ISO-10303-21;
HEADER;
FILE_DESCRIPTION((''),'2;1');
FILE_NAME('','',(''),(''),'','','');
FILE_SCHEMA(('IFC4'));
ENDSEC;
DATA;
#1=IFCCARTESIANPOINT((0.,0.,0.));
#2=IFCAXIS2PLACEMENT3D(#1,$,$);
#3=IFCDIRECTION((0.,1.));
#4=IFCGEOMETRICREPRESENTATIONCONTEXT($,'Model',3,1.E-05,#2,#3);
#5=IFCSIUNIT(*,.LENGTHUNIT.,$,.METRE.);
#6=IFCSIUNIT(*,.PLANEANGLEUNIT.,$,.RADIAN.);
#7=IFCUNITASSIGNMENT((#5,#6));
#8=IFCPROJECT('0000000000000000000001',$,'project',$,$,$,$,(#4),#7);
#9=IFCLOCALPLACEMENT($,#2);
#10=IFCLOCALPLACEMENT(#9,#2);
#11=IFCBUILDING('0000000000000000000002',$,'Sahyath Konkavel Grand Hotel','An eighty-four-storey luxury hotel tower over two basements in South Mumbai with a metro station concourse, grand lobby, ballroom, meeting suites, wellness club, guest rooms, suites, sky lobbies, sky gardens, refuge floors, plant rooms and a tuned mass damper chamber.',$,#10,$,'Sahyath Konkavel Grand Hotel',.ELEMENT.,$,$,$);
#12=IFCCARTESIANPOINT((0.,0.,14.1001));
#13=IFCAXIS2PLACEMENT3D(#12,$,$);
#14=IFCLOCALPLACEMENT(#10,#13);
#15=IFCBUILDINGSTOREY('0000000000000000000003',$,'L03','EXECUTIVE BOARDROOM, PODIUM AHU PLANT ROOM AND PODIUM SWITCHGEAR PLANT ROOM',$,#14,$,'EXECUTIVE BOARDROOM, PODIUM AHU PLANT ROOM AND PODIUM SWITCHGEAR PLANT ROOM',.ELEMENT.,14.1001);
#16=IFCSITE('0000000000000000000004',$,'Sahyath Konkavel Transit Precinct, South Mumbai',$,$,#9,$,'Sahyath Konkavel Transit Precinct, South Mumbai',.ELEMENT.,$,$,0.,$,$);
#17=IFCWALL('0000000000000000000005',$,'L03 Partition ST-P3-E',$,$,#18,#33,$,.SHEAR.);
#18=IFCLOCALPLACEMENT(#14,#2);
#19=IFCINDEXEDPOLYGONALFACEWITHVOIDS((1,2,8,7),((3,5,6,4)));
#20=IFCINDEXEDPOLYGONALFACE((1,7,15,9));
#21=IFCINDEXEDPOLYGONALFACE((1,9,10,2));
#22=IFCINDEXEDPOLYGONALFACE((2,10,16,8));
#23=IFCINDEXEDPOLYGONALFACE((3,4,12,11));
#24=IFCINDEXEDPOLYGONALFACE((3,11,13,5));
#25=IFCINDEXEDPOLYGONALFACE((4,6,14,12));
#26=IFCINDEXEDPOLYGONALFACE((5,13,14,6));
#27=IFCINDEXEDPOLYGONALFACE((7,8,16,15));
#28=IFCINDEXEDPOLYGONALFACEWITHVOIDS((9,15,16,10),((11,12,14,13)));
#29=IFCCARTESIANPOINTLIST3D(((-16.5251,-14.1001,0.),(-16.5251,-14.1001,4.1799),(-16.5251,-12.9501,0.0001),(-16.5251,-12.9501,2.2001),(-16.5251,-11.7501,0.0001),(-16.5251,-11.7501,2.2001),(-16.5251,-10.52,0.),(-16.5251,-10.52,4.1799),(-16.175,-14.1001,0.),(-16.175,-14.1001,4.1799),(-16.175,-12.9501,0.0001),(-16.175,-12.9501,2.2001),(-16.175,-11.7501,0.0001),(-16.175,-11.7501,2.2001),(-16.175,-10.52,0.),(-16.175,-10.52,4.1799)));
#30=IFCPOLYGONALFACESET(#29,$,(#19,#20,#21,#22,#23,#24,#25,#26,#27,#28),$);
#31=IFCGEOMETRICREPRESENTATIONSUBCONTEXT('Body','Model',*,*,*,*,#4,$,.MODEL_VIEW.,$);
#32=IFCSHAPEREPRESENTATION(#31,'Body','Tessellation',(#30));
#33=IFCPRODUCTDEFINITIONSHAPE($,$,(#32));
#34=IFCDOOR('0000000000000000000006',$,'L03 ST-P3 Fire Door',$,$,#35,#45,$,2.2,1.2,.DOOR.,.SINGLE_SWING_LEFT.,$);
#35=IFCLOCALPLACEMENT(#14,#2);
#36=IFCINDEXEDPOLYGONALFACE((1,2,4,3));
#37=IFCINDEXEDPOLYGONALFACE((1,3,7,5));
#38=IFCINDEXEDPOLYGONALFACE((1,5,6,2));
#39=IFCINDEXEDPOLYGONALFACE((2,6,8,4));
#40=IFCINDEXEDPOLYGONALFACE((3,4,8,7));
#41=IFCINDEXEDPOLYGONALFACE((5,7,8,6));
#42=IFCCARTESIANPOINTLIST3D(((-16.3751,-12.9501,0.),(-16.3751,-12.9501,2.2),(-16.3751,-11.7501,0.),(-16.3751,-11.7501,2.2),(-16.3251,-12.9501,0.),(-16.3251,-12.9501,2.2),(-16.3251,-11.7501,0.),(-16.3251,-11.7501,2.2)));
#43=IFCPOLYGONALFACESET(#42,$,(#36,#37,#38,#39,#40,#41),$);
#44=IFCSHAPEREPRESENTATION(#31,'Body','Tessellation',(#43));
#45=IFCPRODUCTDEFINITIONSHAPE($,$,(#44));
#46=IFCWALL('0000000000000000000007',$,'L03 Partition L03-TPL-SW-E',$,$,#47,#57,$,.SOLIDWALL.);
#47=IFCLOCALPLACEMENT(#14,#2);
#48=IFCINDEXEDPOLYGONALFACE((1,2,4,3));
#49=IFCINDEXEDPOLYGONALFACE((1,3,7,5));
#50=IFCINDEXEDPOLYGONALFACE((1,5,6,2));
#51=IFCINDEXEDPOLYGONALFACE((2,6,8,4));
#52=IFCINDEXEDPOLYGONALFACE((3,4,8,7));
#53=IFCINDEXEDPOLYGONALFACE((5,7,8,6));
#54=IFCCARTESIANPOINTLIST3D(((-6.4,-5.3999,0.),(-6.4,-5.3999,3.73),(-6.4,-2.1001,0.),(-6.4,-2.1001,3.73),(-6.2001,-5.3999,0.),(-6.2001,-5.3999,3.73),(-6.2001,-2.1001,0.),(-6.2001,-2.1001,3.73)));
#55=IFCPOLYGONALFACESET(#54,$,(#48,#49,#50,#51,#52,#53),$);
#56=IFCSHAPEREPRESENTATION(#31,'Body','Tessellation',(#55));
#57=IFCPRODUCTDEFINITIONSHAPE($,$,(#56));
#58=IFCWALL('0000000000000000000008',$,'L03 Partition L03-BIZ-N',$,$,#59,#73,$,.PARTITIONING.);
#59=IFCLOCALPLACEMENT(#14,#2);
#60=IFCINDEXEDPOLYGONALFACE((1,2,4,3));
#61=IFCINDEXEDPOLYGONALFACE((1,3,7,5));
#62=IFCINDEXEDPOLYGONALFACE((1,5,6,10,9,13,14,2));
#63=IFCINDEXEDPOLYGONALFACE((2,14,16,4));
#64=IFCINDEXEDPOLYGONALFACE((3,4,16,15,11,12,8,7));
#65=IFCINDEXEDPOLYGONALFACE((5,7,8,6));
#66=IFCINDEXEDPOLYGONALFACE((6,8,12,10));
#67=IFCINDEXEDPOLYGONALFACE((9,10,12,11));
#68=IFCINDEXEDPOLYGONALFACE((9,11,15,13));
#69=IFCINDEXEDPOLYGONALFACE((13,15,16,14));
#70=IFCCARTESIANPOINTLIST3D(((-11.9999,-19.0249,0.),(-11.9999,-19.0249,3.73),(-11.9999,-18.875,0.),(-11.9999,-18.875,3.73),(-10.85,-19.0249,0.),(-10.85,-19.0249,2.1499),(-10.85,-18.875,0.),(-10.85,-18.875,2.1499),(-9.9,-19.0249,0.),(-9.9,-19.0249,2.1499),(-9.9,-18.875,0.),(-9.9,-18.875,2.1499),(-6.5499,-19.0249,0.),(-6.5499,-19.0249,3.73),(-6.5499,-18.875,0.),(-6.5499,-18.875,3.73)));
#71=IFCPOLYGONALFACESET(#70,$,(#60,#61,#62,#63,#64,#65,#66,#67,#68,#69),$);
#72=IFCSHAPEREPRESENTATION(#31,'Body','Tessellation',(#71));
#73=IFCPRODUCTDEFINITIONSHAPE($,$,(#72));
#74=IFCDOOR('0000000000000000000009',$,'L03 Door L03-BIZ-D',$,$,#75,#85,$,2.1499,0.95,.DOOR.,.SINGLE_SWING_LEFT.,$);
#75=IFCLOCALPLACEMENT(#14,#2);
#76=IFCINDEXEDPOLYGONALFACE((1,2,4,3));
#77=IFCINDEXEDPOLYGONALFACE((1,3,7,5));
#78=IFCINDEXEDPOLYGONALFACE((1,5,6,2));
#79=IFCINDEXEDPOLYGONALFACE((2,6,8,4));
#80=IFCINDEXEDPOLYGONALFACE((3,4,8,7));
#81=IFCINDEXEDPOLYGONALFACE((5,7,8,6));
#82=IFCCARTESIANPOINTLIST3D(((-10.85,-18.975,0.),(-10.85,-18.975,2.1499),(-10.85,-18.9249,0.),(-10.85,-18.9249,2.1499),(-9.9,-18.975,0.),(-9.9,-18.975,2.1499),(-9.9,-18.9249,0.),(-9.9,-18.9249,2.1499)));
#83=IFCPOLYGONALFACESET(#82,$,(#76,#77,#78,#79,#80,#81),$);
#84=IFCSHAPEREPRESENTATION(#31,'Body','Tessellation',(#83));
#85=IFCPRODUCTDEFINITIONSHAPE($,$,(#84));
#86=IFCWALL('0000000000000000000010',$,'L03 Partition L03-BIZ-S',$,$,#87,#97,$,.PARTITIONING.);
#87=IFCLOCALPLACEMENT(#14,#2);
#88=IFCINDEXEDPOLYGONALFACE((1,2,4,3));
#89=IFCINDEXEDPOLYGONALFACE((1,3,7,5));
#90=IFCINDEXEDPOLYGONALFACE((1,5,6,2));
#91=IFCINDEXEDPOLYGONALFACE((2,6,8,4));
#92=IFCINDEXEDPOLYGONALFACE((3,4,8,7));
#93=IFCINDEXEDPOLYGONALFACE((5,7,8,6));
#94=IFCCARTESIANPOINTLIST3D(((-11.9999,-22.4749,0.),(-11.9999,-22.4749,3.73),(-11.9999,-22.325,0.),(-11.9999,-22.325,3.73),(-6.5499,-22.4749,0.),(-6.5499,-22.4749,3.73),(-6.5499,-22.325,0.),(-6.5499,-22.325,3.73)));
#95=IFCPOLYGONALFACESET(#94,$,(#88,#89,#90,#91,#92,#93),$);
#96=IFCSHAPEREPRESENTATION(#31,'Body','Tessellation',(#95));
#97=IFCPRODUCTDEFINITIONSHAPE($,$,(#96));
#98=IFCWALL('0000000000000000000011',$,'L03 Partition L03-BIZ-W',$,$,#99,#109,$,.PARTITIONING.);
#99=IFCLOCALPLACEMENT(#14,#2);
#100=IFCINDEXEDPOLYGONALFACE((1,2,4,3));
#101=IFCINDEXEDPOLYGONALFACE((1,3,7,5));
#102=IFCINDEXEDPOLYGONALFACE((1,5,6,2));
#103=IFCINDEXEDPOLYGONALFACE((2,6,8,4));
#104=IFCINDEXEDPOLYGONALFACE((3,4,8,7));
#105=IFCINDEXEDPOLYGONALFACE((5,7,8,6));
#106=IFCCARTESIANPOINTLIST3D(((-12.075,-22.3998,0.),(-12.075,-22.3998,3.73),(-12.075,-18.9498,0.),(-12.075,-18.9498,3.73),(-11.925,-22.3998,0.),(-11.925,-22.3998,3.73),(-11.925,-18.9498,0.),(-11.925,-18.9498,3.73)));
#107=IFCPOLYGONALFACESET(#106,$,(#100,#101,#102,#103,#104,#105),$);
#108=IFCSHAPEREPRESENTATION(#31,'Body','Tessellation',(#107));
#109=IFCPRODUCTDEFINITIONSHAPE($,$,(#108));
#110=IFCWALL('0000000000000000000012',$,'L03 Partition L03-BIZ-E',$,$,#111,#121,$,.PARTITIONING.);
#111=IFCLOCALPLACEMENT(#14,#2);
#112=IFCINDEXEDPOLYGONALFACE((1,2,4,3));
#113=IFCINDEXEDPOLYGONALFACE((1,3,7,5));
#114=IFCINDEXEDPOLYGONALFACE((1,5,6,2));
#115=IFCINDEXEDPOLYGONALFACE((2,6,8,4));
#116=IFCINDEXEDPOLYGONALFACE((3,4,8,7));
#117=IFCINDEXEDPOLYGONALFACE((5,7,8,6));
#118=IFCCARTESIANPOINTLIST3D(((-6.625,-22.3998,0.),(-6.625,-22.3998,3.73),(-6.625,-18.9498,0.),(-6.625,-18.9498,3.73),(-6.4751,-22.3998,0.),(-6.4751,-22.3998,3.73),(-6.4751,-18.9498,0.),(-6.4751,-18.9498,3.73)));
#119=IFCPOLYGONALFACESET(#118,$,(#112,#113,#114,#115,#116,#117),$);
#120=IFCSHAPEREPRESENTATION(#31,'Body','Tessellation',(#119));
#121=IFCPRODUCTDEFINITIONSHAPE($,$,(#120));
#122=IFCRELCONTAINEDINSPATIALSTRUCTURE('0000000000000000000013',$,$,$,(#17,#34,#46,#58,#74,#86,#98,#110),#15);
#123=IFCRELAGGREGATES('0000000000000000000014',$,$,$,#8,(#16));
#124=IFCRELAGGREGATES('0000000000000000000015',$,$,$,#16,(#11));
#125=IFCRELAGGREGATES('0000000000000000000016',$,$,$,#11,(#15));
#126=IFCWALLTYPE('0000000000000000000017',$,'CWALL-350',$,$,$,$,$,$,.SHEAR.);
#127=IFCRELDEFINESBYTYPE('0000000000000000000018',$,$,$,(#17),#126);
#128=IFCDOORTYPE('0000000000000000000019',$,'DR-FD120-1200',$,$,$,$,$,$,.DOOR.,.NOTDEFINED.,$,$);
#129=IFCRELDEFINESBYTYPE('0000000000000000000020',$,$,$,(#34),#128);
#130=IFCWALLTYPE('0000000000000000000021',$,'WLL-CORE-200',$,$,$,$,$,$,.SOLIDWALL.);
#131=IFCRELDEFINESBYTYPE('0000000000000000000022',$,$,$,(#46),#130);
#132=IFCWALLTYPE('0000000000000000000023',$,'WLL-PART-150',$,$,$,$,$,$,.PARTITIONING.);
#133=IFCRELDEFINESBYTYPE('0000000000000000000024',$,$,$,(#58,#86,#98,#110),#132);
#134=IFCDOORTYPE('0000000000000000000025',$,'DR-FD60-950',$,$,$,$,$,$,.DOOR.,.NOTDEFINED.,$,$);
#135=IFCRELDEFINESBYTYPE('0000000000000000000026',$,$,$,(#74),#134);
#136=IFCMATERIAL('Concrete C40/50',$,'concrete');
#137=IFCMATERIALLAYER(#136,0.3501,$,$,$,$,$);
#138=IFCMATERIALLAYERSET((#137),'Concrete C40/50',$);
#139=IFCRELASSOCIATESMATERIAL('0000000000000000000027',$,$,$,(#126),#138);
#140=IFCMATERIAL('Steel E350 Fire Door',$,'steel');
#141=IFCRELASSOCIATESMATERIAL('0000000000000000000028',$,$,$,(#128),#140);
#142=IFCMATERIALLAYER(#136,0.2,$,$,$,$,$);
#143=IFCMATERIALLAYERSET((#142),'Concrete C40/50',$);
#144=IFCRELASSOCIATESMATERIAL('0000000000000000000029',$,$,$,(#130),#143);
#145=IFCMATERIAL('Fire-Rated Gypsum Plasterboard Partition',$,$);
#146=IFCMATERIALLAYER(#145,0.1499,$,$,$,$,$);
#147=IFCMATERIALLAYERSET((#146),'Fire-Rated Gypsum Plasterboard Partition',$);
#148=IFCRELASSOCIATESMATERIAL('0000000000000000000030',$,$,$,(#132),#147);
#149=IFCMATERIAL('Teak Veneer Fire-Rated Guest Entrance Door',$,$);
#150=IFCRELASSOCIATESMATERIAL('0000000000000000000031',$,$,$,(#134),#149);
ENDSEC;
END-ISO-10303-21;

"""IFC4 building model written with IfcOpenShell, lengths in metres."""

from ifc_helpers import new_model, si_unit, direction, frame, frame_2d, origin, origin_2d, place, context, subcontext, project, spatial, rectangle, extrude, source, transform, mapped, material, layer, layer_set, type_object, element, fill, save


model = new_model("IFC4")

# Units and contexts
model_context = context("Model", 3, precision=1e-05, world=origin(), true_north=direction((0.0, 1.0)))
body_context = subcontext(model_context, "Body", "Model", "MODEL_VIEW")
ifc_project = project(units=[si_unit("LENGTHUNIT", "METRE"), si_unit("PLANEANGLEUNIT", "RADIAN")], contexts=[model_context])

# Site, building, storey
site_placement = place(None, origin())
site = spatial("IfcSite", under=ifc_project, at=site_placement, Name="Sahyath Konkavel Transit Precinct, South Mumbai", LongName="Sahyath Konkavel Transit Precinct, South Mumbai", CompositionType="ELEMENT", RefElevation=0.0)
building_placement = place(site_placement, origin())
building = spatial("IfcBuilding", under=site, at=building_placement, Name="Sahyath Konkavel Grand Hotel", Description="An eighty-four-storey luxury hotel tower over two basements in South Mumbai with a metro station concourse, grand lobby, ballroom, meeting suites, wellness club, guest rooms, suites, sky lobbies, sky gardens, refuge floors, plant rooms and a tuned mass damper chamber.", LongName="Sahyath Konkavel Grand Hotel", CompositionType="ELEMENT")
storey_placement = place(building_placement, frame((0.0, 0.0, 14.1001)))
storey = spatial("IfcBuildingStorey", under=building, at=storey_placement, Name="L03", Description="EXECUTIVE BOARDROOM, PODIUM AHU PLANT ROOM AND PODIUM SWITCHGEAR PLANT ROOM", LongName="EXECUTIVE BOARDROOM, PODIUM AHU PLANT ROOM AND PODIUM SWITCHGEAR PLANT ROOM", CompositionType="ELEMENT", Elevation=14.1001)

# Wall, opening, door
ifc_material_1 = material(Name="Concrete C40/50", Category="concrete")
ifc_layer_1 = layer(ifc_material_1, 0.3501)
ifc_layer_set_1 = layer_set([ifc_layer_1], Name="Concrete C40/50")
wall_type_1 = type_object("IfcWallType", Name="CWALL-350", PredefinedType="SHEAR", material=ifc_layer_set_1)
wall_1_placement = place(storey_placement, frame((-16.3501, -14.1001, 0.0), z_axis=(0.0, 0.0, 1.0), x_axis=(0.0, 1.0, 0.0)))
wall_1 = element("IfcWall", 1, at=wall_1_placement, inside=storey, type_object=wall_type_1, Name="L03 Partition ST-P3-E", PredefinedType="SHEAR", context=body_context, shape_type="SweptSolid", body=[
    extrude(rectangle(XDim=3.5801, YDim=0.3501, at=frame_2d((1.79, 0.0))), origin(), (0.0, 0.0, 1.0), 4.1799),
])
opening_1_placement = place(wall_1_placement, frame((1.1499, 0.0, 0.0)))
opening_1 = element("IfcOpeningElement", 2, at=opening_1_placement, cuts=wall_1, PredefinedType="OPENING", context=body_context, shape_type="SweptSolid", body=[
    extrude(rectangle(XDim=1.2, YDim=2.2, at=frame_2d((0.6001, 1.1001))), frame((0.0, 0.1851, 0.0), z_axis=(0.0, -1.0, 0.0), x_axis=(1.0, 0.0, 0.0)), (0.0, 0.0, 1.0), 0.3701),
])
ifc_material_2 = material(Name="Steel E350 Fire Door", Category="steel")
door_type_1 = type_object("IfcDoorType", Name="DR-FD120-1200", OperationType="NOTDEFINED", PredefinedType="DOOR", material=ifc_material_2)
shared_shape_1 = source(origin(), body_context, "Body", "SweptSolid", [
    extrude(rectangle(XDim=1.2, YDim=0.05, at=origin_2d()), origin(), (0.0, 0.0, 1.0), 2.2),
])
door_1_placement = place(opening_1_placement, frame((0.6001, 0.0, 0.0)))
door_1 = element("IfcDoor", 3, at=door_1_placement, inside=storey, type_object=door_type_1, Name="L03 ST-P3 Fire Door", OperationType="SINGLE_SWING_LEFT", OverallHeight=2.2, OverallWidth=1.2, PredefinedType="DOOR", context=body_context, shape_type="MappedRepresentation", body=[
    mapped(shared_shape_1, transform((0.0, 0.0, 0.0), scale=1.0)),
])
fill(opening_1, door_1)

# Wall
ifc_layer_2 = layer(ifc_material_1, 0.2)
ifc_layer_set_2 = layer_set([ifc_layer_2], Name="Concrete C40/50")
wall_type_2 = type_object("IfcWallType", Name="WLL-CORE-200", PredefinedType="SOLIDWALL", material=ifc_layer_set_2)
wall_2_placement = place(storey_placement, frame((-6.3, -5.3999, 0.0), z_axis=(0.0, 0.0, 1.0), x_axis=(0.0, 1.0, 0.0)))
element("IfcWall", 4, at=wall_2_placement, inside=storey, type_object=wall_type_2, Name="L03 Partition L03-TPL-SW-E", PredefinedType="SOLIDWALL", context=body_context, shape_type="SweptSolid", body=[
    extrude(rectangle(XDim=3.2998, YDim=0.2, at=frame_2d((1.6499, 0.0))), origin(), (0.0, 0.0, 1.0), 3.73),
])

# Wall, opening, door
shared_shape_2 = source(origin(), body_context, "Body", "SweptSolid", [
    extrude(rectangle(XDim=0.95, YDim=0.05, at=origin_2d()), origin(), (0.0, 0.0, 1.0), 2.1499),
])
ifc_material_3 = material(Name="Fire-Rated Gypsum Plasterboard Partition")
ifc_layer_3 = layer(ifc_material_3, 0.1499)
ifc_layer_set_3 = layer_set([ifc_layer_3], Name="Fire-Rated Gypsum Plasterboard Partition")
wall_type_3 = type_object("IfcWallType", Name="WLL-PART-150", PredefinedType="PARTITIONING", material=ifc_layer_set_3)
wall_3_placement = place(storey_placement, frame((-12.0, -18.95, 0.0), z_axis=(0.0, 0.0, 1.0), x_axis=(1.0, 0.0, 0.0)))
wall_3 = element("IfcWall", 5, at=wall_3_placement, inside=storey, type_object=wall_type_3, Name="L03 Partition L03-BIZ-N", PredefinedType="PARTITIONING", context=body_context, shape_type="SweptSolid", body=[
    extrude(rectangle(XDim=5.45, YDim=0.1499, at=frame_2d((2.7251, 0.0))), origin(), (0.0, 0.0, 1.0), 3.73),
])
opening_2_placement = place(wall_3_placement, frame((1.1499, 0.0, 0.0)))
opening_2 = element("IfcOpeningElement", 6, at=opening_2_placement, cuts=wall_3, PredefinedType="OPENING", context=body_context, shape_type="SweptSolid", body=[
    extrude(rectangle(XDim=0.95, YDim=2.1499, at=frame_2d((0.4751, 1.075))), frame((0.0, 0.085, 0.0), z_axis=(0.0, -1.0, 0.0), x_axis=(1.0, 0.0, 0.0)), (0.0, 0.0, 1.0), 0.1699),
])
ifc_material_4 = material(Name="Teak Veneer Fire-Rated Guest Entrance Door")
door_type_2 = type_object("IfcDoorType", Name="DR-FD60-950", OperationType="NOTDEFINED", PredefinedType="DOOR", material=ifc_material_4)
door_2_placement = place(opening_2_placement, frame((0.4751, 0.0, 0.0)))
door_2 = element("IfcDoor", 7, at=door_2_placement, inside=storey, type_object=door_type_2, Name="L03 Door L03-BIZ-D", OperationType="SINGLE_SWING_LEFT", OverallHeight=2.1499, OverallWidth=0.95, PredefinedType="DOOR", context=body_context, shape_type="MappedRepresentation", body=[
    mapped(shared_shape_2, transform((0.0, 0.0, 0.0), scale=1.0)),
])
fill(opening_2, door_2)

# Walls
wall_4_placement = place(storey_placement, frame((-12.0, -22.3999, 0.0), z_axis=(0.0, 0.0, 1.0), x_axis=(1.0, 0.0, 0.0)))
element("IfcWall", 8, at=wall_4_placement, inside=storey, type_object=wall_type_3, Name="L03 Partition L03-BIZ-S", PredefinedType="PARTITIONING", context=body_context, shape_type="SweptSolid", body=[
    extrude(rectangle(XDim=5.45, YDim=0.1499, at=frame_2d((2.7251, 0.0))), origin(), (0.0, 0.0, 1.0), 3.73),
])
for number, where, z_axis, x_axis, name in (
    (9, (-12.0, -22.3999, 0.0), (0.0, 0.0, 1.0), (0.0, 1.0, 0.0), "L03 Partition L03-BIZ-W"),
    (10, (-6.55, -22.3999, 0.0), (0.0, 0.0, 1.0), (0.0, 1.0, 0.0), "L03 Partition L03-BIZ-E"),
):
    element("IfcWall", number, at=place(storey_placement, frame(where, z_axis=z_axis, x_axis=x_axis)), inside=storey, type_object=wall_type_3, Name=name, PredefinedType="PARTITIONING", context=body_context, shape_type="SweptSolid", body=[
        extrude(rectangle(XDim=3.45, YDim=0.1499, at=frame_2d((1.7251, 0.0))), origin(), (0.0, 0.0, 1.0), 3.73),
    ])

save(model, "model.ifc")
